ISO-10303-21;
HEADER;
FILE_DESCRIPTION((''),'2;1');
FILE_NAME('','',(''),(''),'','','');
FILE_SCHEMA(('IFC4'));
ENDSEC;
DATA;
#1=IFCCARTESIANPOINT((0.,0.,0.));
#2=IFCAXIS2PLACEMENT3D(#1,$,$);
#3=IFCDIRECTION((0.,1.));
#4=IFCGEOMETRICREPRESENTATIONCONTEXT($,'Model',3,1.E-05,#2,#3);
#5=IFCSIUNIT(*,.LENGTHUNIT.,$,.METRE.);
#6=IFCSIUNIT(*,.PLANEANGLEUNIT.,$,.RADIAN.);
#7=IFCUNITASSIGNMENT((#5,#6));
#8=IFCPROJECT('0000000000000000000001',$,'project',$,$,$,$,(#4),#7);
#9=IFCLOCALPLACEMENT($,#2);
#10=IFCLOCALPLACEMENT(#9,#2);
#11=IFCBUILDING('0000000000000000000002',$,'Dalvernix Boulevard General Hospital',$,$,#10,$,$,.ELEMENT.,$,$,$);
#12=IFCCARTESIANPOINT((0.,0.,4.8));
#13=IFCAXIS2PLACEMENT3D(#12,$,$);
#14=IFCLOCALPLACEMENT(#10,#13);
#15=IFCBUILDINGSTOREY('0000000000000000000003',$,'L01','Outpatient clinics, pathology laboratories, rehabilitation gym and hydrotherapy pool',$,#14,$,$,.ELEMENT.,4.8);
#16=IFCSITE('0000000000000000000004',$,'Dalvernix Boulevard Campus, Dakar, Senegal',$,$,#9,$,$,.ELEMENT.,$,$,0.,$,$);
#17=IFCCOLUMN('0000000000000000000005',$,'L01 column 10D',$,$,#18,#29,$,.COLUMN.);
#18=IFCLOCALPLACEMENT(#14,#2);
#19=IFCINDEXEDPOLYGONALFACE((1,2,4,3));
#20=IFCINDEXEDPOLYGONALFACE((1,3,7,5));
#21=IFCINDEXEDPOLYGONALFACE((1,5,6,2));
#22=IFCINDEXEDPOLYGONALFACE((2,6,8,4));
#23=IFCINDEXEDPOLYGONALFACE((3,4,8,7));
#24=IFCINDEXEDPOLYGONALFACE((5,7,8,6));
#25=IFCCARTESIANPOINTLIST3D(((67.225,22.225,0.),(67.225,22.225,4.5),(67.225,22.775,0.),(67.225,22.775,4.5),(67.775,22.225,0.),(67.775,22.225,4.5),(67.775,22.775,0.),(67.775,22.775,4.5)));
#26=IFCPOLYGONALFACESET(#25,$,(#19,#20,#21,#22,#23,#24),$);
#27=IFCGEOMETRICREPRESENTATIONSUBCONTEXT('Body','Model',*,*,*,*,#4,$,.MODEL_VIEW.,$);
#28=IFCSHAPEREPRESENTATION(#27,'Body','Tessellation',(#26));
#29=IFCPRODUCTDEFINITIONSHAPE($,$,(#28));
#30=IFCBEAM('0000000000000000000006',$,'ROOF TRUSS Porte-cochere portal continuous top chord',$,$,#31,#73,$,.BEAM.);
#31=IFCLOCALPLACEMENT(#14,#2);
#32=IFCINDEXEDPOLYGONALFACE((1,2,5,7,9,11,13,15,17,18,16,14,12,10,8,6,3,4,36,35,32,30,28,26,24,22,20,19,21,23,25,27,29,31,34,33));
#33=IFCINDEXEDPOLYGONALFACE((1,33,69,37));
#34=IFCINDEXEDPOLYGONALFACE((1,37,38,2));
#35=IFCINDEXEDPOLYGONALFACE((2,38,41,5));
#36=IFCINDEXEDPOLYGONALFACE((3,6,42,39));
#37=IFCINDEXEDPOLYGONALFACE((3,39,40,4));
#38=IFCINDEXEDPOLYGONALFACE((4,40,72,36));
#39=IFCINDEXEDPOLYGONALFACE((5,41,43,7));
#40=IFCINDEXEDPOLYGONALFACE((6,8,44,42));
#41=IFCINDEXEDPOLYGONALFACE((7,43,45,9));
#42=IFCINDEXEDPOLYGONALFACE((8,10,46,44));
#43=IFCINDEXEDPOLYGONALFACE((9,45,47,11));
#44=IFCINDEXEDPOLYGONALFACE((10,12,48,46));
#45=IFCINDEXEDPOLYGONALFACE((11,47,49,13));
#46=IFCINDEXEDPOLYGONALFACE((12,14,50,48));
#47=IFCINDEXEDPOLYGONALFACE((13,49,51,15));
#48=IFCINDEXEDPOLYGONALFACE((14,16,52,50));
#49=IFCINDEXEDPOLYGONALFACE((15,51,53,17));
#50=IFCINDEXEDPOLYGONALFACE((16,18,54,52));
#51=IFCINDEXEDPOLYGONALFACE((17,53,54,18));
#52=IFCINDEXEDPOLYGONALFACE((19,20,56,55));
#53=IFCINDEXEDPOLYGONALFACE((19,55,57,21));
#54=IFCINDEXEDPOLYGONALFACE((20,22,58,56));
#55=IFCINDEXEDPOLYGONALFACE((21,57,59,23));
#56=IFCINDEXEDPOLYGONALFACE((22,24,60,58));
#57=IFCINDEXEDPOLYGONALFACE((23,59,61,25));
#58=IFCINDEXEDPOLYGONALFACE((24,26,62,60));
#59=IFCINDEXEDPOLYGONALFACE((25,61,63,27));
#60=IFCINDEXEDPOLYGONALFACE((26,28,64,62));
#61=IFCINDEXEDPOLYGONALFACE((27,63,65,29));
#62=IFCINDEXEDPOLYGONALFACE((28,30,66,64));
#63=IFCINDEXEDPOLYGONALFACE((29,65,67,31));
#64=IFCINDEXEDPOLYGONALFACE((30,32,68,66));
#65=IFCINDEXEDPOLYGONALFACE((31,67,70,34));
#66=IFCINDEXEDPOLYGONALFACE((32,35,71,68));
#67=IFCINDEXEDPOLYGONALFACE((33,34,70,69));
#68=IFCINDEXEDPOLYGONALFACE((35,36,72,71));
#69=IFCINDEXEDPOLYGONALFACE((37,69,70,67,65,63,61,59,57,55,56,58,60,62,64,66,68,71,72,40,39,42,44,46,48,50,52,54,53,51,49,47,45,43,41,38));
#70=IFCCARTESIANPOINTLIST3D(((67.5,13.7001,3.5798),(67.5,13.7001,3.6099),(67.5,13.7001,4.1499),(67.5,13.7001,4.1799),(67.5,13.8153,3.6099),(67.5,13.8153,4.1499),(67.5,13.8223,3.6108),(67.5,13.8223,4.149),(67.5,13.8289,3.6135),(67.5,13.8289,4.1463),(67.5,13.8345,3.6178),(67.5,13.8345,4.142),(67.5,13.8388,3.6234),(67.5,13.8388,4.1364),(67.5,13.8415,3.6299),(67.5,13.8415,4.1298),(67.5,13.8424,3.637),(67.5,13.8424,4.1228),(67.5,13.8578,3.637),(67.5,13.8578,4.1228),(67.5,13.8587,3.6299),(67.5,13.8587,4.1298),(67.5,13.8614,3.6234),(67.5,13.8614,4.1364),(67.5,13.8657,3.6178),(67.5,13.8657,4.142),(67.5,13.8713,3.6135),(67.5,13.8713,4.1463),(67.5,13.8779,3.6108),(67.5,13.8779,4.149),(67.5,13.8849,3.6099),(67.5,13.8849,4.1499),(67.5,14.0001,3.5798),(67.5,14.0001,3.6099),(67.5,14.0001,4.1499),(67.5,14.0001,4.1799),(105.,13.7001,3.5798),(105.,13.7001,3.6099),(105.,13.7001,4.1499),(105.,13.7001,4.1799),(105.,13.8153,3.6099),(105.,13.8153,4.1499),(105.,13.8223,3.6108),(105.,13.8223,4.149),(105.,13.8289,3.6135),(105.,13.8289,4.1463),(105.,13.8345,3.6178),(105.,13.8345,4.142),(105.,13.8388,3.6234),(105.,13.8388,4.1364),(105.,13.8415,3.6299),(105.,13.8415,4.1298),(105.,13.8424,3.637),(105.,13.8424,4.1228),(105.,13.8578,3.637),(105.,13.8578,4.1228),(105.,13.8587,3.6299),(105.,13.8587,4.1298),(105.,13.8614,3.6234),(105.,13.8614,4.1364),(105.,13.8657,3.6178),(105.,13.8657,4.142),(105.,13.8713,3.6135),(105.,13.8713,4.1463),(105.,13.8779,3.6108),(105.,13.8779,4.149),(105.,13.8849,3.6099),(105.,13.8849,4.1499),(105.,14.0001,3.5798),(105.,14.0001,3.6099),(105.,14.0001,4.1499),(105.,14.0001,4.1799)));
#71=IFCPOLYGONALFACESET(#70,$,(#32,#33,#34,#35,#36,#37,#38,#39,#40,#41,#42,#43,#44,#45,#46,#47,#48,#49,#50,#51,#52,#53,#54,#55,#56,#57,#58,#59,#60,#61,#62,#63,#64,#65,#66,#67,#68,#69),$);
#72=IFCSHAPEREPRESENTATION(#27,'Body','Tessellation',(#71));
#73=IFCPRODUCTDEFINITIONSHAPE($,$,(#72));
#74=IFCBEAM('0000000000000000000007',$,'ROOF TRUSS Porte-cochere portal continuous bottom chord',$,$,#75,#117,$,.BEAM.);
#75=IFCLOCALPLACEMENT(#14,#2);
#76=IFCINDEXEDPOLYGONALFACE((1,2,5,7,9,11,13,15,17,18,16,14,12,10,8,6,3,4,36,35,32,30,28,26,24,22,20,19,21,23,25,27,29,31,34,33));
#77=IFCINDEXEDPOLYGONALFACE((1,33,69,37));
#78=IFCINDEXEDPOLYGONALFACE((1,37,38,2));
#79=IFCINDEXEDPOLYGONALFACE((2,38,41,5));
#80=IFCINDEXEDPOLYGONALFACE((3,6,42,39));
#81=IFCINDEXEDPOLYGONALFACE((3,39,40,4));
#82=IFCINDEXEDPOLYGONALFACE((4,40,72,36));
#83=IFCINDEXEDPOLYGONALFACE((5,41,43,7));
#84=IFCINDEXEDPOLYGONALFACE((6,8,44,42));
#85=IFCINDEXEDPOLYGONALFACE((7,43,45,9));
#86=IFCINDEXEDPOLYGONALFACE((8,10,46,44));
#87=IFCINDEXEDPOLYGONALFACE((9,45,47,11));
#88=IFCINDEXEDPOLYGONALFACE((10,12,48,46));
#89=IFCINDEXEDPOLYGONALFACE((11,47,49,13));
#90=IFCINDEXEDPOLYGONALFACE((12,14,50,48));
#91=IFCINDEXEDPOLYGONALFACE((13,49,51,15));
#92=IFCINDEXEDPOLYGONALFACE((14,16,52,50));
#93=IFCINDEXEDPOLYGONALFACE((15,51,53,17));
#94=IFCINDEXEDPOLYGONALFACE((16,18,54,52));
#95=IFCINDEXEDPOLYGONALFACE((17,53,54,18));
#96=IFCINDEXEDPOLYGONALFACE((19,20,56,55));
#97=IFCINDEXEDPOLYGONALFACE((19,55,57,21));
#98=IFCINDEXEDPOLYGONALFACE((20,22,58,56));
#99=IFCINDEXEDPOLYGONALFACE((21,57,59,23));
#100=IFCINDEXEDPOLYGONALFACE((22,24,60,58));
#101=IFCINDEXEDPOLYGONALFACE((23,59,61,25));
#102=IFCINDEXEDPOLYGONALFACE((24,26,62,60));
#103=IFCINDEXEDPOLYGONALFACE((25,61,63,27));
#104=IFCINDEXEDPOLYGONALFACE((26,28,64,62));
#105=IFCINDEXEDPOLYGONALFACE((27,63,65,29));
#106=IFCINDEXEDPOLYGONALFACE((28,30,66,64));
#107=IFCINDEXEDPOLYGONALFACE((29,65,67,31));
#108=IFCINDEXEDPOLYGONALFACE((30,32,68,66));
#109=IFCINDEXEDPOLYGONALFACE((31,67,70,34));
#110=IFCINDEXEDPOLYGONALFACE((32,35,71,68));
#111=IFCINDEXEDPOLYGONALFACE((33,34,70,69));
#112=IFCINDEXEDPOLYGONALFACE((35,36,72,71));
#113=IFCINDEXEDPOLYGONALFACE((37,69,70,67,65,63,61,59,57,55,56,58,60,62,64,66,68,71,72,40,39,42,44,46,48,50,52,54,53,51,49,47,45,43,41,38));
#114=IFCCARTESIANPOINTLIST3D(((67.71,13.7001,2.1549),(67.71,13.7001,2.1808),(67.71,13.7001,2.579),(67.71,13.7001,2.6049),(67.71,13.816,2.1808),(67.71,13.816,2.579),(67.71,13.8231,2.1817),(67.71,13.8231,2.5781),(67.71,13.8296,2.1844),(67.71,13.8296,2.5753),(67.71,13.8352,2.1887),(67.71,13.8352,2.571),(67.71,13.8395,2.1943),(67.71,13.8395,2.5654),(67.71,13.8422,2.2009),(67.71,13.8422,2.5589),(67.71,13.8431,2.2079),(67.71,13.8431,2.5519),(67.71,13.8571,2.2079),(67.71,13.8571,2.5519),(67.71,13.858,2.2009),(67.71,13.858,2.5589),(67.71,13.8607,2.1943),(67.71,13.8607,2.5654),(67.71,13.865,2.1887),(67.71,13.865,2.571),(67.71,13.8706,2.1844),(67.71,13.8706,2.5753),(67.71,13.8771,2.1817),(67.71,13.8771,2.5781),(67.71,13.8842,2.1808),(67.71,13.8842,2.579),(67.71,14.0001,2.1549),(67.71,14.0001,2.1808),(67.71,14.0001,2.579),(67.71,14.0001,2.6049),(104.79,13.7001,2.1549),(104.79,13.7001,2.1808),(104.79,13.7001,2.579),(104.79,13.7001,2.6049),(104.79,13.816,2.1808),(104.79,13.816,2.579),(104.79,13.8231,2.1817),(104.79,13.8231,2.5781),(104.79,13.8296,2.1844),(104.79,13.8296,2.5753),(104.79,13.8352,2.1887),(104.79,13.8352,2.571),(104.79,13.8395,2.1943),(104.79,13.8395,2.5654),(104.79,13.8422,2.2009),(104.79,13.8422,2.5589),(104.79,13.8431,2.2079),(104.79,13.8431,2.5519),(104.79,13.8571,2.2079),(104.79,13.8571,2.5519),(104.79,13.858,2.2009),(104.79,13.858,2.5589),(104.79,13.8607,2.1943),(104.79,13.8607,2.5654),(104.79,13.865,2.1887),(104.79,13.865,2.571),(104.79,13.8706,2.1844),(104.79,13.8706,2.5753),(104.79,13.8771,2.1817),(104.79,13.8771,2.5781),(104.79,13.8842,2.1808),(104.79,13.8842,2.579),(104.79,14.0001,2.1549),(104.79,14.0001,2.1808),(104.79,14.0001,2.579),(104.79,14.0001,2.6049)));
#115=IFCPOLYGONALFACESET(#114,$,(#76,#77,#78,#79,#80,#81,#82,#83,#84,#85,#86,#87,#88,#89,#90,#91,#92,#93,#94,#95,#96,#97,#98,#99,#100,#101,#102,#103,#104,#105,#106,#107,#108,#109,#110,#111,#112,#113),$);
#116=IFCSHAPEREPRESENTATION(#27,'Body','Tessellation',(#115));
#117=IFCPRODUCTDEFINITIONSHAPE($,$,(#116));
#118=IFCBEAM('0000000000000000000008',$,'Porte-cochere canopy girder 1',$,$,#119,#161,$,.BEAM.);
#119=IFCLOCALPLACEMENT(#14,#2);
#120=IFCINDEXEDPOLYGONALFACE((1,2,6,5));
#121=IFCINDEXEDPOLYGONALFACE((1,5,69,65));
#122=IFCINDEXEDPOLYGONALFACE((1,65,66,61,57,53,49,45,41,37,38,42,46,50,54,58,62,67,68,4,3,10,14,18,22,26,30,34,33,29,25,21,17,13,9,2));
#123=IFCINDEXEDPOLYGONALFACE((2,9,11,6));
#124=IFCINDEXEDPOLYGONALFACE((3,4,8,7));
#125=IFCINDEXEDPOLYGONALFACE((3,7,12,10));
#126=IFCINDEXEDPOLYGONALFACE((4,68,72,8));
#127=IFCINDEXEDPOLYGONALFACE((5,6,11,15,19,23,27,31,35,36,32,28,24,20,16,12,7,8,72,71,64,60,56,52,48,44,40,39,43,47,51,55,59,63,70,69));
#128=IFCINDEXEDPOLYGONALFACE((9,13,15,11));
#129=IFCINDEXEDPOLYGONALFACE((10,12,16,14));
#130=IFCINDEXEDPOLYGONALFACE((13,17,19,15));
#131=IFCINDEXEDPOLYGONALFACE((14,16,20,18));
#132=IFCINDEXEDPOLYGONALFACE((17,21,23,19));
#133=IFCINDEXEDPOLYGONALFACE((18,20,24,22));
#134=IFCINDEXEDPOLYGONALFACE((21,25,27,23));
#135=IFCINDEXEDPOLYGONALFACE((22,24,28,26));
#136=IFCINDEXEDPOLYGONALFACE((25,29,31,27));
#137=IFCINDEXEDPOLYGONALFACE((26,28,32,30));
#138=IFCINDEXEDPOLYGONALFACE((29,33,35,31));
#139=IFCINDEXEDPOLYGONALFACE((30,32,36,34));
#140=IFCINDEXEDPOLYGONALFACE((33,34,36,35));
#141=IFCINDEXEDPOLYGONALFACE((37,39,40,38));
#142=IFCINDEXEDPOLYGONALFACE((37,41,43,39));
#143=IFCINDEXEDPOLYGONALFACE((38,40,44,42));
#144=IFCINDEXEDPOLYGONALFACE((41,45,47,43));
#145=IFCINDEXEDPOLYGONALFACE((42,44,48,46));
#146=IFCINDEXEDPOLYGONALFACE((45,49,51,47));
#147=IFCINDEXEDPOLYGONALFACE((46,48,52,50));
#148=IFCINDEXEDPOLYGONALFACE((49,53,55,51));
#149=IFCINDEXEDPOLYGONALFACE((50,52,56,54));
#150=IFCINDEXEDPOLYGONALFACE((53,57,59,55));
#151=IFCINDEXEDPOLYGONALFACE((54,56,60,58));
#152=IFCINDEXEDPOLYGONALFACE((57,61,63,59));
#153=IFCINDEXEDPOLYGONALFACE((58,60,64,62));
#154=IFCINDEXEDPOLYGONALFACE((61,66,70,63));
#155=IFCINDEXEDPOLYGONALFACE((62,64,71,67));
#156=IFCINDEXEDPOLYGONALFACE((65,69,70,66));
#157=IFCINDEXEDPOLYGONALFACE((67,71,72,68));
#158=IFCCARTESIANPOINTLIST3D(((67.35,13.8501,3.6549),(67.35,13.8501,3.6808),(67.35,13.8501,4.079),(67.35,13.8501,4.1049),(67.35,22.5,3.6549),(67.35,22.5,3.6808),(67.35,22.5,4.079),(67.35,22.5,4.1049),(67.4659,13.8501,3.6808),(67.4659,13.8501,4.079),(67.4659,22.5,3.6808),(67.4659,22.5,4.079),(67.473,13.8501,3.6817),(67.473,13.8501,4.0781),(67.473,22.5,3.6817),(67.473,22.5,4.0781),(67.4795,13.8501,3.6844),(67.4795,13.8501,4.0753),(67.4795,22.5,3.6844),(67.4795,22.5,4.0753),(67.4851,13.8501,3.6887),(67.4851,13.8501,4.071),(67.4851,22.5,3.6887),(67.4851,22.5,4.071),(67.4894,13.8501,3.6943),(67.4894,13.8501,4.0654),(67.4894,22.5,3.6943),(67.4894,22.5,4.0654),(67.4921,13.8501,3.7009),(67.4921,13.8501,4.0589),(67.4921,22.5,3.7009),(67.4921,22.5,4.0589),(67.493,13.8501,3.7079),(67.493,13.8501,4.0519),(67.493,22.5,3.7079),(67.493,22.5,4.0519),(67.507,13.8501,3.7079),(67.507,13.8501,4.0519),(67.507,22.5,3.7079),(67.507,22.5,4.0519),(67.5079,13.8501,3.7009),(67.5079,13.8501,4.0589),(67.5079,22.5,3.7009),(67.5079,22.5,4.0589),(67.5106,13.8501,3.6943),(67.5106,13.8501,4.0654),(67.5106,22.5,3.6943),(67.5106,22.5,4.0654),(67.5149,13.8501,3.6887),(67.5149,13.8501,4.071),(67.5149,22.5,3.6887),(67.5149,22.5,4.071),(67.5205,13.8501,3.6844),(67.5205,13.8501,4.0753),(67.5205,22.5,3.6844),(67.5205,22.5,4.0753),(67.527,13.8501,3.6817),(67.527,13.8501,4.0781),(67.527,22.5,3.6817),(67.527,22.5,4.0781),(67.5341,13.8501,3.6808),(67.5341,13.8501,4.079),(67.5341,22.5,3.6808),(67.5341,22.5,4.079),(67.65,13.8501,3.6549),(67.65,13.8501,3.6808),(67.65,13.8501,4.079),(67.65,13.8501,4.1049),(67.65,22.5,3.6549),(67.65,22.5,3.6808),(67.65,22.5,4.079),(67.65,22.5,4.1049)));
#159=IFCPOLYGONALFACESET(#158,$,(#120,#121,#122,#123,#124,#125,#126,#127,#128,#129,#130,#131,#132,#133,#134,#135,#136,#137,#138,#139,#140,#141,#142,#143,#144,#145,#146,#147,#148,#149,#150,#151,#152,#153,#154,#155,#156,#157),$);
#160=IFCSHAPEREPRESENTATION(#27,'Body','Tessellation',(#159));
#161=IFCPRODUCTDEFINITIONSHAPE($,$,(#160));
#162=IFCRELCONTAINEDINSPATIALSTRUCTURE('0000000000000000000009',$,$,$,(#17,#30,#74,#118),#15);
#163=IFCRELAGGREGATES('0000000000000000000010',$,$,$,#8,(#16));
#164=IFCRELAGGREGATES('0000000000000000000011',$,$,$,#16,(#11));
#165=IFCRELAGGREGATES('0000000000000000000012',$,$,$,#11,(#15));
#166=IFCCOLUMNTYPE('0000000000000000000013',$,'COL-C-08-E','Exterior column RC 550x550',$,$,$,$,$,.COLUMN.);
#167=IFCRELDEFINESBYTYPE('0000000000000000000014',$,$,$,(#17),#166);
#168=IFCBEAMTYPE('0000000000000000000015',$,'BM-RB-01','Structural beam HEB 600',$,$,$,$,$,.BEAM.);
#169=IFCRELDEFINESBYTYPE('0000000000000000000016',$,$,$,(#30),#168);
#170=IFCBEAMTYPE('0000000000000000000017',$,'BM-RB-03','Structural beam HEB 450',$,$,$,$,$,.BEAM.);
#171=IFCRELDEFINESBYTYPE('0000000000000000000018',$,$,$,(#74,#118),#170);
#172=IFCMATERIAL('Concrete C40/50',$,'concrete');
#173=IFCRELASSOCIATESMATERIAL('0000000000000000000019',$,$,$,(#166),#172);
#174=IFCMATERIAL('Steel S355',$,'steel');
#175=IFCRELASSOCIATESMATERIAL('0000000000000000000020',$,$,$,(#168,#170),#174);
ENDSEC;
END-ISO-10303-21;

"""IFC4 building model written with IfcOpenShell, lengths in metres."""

from ifc_helpers import new_model, si_unit, direction, frame, origin, origin_2d, place, context, subcontext, project, spatial, rectangle, i_section, extrude, material, material_profile, profile_set, type_object, element, save


model = new_model("IFC4")

# Units and contexts
model_context = context("Model", 3, precision=1e-05, world=origin(), true_north=direction((0.0, 1.0)))
body_context = subcontext(model_context, "Body", "Model", "MODEL_VIEW")
ifc_project = project(units=[si_unit("LENGTHUNIT", "METRE"), si_unit("PLANEANGLEUNIT", "RADIAN")], contexts=[model_context])

# Site, building, storey
site_placement = place(None, origin())
site = spatial("IfcSite", under=ifc_project, at=site_placement, Name="Dalvernix Boulevard Campus, Dakar, Senegal", CompositionType="ELEMENT", RefElevation=0.0)
building_placement = place(site_placement, origin())
building = spatial("IfcBuilding", under=site, at=building_placement, Name="Dalvernix Boulevard General Hospital", CompositionType="ELEMENT")
storey_placement = place(building_placement, frame((0.0, 0.0, 4.8)))
storey = spatial("IfcBuildingStorey", under=building, at=storey_placement, Name="L01", Description="Outpatient clinics, pathology laboratories, rehabilitation gym and hydrotherapy pool", CompositionType="ELEMENT", Elevation=4.8)

# Column
ifc_material_1 = material(Name="Concrete C40/50", Category="concrete")
ifc_material_profile_1 = material_profile(ifc_material_1, rectangle(XDim=0.55, YDim=0.55, at=origin_2d()), Name="RC 550x550")
ifc_profile_set_1 = profile_set([ifc_material_profile_1], Name="Concrete C40/50")
column_type = type_object("IfcColumnType", Name="COL-C-08-E", Description="Exterior column RC 550x550", PredefinedType="COLUMN", material=ifc_profile_set_1)
column_placement = place(storey_placement, frame((67.5, 22.5, 0.0), z_axis=(0.0, 0.0, 1.0), x_axis=(1.0, 0.0, 0.0)))
element("IfcColumn", 1, at=column_placement, inside=storey, type_object=column_type, Name="L01 column 10D", PredefinedType="COLUMN", context=body_context, shape_type="SweptSolid", body=[
    extrude(rectangle(XDim=0.55, YDim=0.55, at=origin_2d()), origin(), (0.0, 0.0, 1.0), 4.5),
])

# Beams
ifc_material_2 = material(Name="Steel S355", Category="steel")
ifc_material_profile_2 = material_profile(ifc_material_2, i_section(OverallWidth=0.3, OverallDepth=0.6001, WebThickness=0.0154, FlangeThickness=0.03, FilletRadius=0.0271, at=origin_2d()), Name="HEB 600")
ifc_profile_set_2 = profile_set([ifc_material_profile_2], Name="Steel S355")
beam_type_1 = type_object("IfcBeamType", Name="BM-RB-01", Description="Structural beam HEB 600", PredefinedType="BEAM", material=ifc_profile_set_2)
beam_1_placement = place(storey_placement, frame((67.5, 13.8501, 3.8799), z_axis=(1.0, 0.0, 0.0), x_axis=(0.0, 1.0, 0.0)))
element("IfcBeam", 2, at=beam_1_placement, inside=storey, type_object=beam_type_1, Name="ROOF TRUSS Porte-cochere portal continuous top chord", PredefinedType="BEAM", context=body_context, shape_type="SweptSolid", body=[
    extrude(i_section(OverallWidth=0.3, OverallDepth=0.6001, WebThickness=0.0154, FlangeThickness=0.03, FilletRadius=0.0271, at=origin_2d()), origin(), (0.0, 0.0, 1.0), 37.5),
])
ifc_material_profile_3 = material_profile(ifc_material_2, i_section(OverallWidth=0.3, OverallDepth=0.45, WebThickness=0.0139, FlangeThickness=0.0259, FilletRadius=0.0271, at=origin_2d()), Name="HEB 450")
ifc_profile_set_3 = profile_set([ifc_material_profile_3], Name="Steel S355")
beam_type_2 = type_object("IfcBeamType", Name="BM-RB-03", Description="Structural beam HEB 450", PredefinedType="BEAM", material=ifc_profile_set_3)
beam_2_placement = place(storey_placement, frame((67.71, 13.8501, 2.3799), z_axis=(1.0, 0.0, 0.0), x_axis=(0.0, 1.0, 0.0)))
element("IfcBeam", 3, at=beam_2_placement, inside=storey, type_object=beam_type_2, Name="ROOF TRUSS Porte-cochere portal continuous bottom chord", PredefinedType="BEAM", context=body_context, shape_type="SweptSolid", body=[
    extrude(i_section(OverallWidth=0.3, OverallDepth=0.45, WebThickness=0.0139, FlangeThickness=0.0259, FilletRadius=0.0271, at=origin_2d()), origin(), (0.0, 0.0, 1.0), 37.0801),
])
beam_3_placement = place(storey_placement, frame((67.5, 22.5, 3.8799), z_axis=(0.0, -1.0, 0.0), x_axis=(1.0, 0.0, 0.0)))
element("IfcBeam", 4, at=beam_3_placement, inside=storey, type_object=beam_type_2, Name="Porte-cochere canopy girder 1", PredefinedType="BEAM", context=body_context, shape_type="SweptSolid", body=[
    extrude(i_section(OverallWidth=0.3, OverallDepth=0.45, WebThickness=0.0139, FlangeThickness=0.0259, FilletRadius=0.0271, at=origin_2d()), origin(), (0.0, 0.0, 1.0), 8.6499),
])

save(model, "model.ifc")
